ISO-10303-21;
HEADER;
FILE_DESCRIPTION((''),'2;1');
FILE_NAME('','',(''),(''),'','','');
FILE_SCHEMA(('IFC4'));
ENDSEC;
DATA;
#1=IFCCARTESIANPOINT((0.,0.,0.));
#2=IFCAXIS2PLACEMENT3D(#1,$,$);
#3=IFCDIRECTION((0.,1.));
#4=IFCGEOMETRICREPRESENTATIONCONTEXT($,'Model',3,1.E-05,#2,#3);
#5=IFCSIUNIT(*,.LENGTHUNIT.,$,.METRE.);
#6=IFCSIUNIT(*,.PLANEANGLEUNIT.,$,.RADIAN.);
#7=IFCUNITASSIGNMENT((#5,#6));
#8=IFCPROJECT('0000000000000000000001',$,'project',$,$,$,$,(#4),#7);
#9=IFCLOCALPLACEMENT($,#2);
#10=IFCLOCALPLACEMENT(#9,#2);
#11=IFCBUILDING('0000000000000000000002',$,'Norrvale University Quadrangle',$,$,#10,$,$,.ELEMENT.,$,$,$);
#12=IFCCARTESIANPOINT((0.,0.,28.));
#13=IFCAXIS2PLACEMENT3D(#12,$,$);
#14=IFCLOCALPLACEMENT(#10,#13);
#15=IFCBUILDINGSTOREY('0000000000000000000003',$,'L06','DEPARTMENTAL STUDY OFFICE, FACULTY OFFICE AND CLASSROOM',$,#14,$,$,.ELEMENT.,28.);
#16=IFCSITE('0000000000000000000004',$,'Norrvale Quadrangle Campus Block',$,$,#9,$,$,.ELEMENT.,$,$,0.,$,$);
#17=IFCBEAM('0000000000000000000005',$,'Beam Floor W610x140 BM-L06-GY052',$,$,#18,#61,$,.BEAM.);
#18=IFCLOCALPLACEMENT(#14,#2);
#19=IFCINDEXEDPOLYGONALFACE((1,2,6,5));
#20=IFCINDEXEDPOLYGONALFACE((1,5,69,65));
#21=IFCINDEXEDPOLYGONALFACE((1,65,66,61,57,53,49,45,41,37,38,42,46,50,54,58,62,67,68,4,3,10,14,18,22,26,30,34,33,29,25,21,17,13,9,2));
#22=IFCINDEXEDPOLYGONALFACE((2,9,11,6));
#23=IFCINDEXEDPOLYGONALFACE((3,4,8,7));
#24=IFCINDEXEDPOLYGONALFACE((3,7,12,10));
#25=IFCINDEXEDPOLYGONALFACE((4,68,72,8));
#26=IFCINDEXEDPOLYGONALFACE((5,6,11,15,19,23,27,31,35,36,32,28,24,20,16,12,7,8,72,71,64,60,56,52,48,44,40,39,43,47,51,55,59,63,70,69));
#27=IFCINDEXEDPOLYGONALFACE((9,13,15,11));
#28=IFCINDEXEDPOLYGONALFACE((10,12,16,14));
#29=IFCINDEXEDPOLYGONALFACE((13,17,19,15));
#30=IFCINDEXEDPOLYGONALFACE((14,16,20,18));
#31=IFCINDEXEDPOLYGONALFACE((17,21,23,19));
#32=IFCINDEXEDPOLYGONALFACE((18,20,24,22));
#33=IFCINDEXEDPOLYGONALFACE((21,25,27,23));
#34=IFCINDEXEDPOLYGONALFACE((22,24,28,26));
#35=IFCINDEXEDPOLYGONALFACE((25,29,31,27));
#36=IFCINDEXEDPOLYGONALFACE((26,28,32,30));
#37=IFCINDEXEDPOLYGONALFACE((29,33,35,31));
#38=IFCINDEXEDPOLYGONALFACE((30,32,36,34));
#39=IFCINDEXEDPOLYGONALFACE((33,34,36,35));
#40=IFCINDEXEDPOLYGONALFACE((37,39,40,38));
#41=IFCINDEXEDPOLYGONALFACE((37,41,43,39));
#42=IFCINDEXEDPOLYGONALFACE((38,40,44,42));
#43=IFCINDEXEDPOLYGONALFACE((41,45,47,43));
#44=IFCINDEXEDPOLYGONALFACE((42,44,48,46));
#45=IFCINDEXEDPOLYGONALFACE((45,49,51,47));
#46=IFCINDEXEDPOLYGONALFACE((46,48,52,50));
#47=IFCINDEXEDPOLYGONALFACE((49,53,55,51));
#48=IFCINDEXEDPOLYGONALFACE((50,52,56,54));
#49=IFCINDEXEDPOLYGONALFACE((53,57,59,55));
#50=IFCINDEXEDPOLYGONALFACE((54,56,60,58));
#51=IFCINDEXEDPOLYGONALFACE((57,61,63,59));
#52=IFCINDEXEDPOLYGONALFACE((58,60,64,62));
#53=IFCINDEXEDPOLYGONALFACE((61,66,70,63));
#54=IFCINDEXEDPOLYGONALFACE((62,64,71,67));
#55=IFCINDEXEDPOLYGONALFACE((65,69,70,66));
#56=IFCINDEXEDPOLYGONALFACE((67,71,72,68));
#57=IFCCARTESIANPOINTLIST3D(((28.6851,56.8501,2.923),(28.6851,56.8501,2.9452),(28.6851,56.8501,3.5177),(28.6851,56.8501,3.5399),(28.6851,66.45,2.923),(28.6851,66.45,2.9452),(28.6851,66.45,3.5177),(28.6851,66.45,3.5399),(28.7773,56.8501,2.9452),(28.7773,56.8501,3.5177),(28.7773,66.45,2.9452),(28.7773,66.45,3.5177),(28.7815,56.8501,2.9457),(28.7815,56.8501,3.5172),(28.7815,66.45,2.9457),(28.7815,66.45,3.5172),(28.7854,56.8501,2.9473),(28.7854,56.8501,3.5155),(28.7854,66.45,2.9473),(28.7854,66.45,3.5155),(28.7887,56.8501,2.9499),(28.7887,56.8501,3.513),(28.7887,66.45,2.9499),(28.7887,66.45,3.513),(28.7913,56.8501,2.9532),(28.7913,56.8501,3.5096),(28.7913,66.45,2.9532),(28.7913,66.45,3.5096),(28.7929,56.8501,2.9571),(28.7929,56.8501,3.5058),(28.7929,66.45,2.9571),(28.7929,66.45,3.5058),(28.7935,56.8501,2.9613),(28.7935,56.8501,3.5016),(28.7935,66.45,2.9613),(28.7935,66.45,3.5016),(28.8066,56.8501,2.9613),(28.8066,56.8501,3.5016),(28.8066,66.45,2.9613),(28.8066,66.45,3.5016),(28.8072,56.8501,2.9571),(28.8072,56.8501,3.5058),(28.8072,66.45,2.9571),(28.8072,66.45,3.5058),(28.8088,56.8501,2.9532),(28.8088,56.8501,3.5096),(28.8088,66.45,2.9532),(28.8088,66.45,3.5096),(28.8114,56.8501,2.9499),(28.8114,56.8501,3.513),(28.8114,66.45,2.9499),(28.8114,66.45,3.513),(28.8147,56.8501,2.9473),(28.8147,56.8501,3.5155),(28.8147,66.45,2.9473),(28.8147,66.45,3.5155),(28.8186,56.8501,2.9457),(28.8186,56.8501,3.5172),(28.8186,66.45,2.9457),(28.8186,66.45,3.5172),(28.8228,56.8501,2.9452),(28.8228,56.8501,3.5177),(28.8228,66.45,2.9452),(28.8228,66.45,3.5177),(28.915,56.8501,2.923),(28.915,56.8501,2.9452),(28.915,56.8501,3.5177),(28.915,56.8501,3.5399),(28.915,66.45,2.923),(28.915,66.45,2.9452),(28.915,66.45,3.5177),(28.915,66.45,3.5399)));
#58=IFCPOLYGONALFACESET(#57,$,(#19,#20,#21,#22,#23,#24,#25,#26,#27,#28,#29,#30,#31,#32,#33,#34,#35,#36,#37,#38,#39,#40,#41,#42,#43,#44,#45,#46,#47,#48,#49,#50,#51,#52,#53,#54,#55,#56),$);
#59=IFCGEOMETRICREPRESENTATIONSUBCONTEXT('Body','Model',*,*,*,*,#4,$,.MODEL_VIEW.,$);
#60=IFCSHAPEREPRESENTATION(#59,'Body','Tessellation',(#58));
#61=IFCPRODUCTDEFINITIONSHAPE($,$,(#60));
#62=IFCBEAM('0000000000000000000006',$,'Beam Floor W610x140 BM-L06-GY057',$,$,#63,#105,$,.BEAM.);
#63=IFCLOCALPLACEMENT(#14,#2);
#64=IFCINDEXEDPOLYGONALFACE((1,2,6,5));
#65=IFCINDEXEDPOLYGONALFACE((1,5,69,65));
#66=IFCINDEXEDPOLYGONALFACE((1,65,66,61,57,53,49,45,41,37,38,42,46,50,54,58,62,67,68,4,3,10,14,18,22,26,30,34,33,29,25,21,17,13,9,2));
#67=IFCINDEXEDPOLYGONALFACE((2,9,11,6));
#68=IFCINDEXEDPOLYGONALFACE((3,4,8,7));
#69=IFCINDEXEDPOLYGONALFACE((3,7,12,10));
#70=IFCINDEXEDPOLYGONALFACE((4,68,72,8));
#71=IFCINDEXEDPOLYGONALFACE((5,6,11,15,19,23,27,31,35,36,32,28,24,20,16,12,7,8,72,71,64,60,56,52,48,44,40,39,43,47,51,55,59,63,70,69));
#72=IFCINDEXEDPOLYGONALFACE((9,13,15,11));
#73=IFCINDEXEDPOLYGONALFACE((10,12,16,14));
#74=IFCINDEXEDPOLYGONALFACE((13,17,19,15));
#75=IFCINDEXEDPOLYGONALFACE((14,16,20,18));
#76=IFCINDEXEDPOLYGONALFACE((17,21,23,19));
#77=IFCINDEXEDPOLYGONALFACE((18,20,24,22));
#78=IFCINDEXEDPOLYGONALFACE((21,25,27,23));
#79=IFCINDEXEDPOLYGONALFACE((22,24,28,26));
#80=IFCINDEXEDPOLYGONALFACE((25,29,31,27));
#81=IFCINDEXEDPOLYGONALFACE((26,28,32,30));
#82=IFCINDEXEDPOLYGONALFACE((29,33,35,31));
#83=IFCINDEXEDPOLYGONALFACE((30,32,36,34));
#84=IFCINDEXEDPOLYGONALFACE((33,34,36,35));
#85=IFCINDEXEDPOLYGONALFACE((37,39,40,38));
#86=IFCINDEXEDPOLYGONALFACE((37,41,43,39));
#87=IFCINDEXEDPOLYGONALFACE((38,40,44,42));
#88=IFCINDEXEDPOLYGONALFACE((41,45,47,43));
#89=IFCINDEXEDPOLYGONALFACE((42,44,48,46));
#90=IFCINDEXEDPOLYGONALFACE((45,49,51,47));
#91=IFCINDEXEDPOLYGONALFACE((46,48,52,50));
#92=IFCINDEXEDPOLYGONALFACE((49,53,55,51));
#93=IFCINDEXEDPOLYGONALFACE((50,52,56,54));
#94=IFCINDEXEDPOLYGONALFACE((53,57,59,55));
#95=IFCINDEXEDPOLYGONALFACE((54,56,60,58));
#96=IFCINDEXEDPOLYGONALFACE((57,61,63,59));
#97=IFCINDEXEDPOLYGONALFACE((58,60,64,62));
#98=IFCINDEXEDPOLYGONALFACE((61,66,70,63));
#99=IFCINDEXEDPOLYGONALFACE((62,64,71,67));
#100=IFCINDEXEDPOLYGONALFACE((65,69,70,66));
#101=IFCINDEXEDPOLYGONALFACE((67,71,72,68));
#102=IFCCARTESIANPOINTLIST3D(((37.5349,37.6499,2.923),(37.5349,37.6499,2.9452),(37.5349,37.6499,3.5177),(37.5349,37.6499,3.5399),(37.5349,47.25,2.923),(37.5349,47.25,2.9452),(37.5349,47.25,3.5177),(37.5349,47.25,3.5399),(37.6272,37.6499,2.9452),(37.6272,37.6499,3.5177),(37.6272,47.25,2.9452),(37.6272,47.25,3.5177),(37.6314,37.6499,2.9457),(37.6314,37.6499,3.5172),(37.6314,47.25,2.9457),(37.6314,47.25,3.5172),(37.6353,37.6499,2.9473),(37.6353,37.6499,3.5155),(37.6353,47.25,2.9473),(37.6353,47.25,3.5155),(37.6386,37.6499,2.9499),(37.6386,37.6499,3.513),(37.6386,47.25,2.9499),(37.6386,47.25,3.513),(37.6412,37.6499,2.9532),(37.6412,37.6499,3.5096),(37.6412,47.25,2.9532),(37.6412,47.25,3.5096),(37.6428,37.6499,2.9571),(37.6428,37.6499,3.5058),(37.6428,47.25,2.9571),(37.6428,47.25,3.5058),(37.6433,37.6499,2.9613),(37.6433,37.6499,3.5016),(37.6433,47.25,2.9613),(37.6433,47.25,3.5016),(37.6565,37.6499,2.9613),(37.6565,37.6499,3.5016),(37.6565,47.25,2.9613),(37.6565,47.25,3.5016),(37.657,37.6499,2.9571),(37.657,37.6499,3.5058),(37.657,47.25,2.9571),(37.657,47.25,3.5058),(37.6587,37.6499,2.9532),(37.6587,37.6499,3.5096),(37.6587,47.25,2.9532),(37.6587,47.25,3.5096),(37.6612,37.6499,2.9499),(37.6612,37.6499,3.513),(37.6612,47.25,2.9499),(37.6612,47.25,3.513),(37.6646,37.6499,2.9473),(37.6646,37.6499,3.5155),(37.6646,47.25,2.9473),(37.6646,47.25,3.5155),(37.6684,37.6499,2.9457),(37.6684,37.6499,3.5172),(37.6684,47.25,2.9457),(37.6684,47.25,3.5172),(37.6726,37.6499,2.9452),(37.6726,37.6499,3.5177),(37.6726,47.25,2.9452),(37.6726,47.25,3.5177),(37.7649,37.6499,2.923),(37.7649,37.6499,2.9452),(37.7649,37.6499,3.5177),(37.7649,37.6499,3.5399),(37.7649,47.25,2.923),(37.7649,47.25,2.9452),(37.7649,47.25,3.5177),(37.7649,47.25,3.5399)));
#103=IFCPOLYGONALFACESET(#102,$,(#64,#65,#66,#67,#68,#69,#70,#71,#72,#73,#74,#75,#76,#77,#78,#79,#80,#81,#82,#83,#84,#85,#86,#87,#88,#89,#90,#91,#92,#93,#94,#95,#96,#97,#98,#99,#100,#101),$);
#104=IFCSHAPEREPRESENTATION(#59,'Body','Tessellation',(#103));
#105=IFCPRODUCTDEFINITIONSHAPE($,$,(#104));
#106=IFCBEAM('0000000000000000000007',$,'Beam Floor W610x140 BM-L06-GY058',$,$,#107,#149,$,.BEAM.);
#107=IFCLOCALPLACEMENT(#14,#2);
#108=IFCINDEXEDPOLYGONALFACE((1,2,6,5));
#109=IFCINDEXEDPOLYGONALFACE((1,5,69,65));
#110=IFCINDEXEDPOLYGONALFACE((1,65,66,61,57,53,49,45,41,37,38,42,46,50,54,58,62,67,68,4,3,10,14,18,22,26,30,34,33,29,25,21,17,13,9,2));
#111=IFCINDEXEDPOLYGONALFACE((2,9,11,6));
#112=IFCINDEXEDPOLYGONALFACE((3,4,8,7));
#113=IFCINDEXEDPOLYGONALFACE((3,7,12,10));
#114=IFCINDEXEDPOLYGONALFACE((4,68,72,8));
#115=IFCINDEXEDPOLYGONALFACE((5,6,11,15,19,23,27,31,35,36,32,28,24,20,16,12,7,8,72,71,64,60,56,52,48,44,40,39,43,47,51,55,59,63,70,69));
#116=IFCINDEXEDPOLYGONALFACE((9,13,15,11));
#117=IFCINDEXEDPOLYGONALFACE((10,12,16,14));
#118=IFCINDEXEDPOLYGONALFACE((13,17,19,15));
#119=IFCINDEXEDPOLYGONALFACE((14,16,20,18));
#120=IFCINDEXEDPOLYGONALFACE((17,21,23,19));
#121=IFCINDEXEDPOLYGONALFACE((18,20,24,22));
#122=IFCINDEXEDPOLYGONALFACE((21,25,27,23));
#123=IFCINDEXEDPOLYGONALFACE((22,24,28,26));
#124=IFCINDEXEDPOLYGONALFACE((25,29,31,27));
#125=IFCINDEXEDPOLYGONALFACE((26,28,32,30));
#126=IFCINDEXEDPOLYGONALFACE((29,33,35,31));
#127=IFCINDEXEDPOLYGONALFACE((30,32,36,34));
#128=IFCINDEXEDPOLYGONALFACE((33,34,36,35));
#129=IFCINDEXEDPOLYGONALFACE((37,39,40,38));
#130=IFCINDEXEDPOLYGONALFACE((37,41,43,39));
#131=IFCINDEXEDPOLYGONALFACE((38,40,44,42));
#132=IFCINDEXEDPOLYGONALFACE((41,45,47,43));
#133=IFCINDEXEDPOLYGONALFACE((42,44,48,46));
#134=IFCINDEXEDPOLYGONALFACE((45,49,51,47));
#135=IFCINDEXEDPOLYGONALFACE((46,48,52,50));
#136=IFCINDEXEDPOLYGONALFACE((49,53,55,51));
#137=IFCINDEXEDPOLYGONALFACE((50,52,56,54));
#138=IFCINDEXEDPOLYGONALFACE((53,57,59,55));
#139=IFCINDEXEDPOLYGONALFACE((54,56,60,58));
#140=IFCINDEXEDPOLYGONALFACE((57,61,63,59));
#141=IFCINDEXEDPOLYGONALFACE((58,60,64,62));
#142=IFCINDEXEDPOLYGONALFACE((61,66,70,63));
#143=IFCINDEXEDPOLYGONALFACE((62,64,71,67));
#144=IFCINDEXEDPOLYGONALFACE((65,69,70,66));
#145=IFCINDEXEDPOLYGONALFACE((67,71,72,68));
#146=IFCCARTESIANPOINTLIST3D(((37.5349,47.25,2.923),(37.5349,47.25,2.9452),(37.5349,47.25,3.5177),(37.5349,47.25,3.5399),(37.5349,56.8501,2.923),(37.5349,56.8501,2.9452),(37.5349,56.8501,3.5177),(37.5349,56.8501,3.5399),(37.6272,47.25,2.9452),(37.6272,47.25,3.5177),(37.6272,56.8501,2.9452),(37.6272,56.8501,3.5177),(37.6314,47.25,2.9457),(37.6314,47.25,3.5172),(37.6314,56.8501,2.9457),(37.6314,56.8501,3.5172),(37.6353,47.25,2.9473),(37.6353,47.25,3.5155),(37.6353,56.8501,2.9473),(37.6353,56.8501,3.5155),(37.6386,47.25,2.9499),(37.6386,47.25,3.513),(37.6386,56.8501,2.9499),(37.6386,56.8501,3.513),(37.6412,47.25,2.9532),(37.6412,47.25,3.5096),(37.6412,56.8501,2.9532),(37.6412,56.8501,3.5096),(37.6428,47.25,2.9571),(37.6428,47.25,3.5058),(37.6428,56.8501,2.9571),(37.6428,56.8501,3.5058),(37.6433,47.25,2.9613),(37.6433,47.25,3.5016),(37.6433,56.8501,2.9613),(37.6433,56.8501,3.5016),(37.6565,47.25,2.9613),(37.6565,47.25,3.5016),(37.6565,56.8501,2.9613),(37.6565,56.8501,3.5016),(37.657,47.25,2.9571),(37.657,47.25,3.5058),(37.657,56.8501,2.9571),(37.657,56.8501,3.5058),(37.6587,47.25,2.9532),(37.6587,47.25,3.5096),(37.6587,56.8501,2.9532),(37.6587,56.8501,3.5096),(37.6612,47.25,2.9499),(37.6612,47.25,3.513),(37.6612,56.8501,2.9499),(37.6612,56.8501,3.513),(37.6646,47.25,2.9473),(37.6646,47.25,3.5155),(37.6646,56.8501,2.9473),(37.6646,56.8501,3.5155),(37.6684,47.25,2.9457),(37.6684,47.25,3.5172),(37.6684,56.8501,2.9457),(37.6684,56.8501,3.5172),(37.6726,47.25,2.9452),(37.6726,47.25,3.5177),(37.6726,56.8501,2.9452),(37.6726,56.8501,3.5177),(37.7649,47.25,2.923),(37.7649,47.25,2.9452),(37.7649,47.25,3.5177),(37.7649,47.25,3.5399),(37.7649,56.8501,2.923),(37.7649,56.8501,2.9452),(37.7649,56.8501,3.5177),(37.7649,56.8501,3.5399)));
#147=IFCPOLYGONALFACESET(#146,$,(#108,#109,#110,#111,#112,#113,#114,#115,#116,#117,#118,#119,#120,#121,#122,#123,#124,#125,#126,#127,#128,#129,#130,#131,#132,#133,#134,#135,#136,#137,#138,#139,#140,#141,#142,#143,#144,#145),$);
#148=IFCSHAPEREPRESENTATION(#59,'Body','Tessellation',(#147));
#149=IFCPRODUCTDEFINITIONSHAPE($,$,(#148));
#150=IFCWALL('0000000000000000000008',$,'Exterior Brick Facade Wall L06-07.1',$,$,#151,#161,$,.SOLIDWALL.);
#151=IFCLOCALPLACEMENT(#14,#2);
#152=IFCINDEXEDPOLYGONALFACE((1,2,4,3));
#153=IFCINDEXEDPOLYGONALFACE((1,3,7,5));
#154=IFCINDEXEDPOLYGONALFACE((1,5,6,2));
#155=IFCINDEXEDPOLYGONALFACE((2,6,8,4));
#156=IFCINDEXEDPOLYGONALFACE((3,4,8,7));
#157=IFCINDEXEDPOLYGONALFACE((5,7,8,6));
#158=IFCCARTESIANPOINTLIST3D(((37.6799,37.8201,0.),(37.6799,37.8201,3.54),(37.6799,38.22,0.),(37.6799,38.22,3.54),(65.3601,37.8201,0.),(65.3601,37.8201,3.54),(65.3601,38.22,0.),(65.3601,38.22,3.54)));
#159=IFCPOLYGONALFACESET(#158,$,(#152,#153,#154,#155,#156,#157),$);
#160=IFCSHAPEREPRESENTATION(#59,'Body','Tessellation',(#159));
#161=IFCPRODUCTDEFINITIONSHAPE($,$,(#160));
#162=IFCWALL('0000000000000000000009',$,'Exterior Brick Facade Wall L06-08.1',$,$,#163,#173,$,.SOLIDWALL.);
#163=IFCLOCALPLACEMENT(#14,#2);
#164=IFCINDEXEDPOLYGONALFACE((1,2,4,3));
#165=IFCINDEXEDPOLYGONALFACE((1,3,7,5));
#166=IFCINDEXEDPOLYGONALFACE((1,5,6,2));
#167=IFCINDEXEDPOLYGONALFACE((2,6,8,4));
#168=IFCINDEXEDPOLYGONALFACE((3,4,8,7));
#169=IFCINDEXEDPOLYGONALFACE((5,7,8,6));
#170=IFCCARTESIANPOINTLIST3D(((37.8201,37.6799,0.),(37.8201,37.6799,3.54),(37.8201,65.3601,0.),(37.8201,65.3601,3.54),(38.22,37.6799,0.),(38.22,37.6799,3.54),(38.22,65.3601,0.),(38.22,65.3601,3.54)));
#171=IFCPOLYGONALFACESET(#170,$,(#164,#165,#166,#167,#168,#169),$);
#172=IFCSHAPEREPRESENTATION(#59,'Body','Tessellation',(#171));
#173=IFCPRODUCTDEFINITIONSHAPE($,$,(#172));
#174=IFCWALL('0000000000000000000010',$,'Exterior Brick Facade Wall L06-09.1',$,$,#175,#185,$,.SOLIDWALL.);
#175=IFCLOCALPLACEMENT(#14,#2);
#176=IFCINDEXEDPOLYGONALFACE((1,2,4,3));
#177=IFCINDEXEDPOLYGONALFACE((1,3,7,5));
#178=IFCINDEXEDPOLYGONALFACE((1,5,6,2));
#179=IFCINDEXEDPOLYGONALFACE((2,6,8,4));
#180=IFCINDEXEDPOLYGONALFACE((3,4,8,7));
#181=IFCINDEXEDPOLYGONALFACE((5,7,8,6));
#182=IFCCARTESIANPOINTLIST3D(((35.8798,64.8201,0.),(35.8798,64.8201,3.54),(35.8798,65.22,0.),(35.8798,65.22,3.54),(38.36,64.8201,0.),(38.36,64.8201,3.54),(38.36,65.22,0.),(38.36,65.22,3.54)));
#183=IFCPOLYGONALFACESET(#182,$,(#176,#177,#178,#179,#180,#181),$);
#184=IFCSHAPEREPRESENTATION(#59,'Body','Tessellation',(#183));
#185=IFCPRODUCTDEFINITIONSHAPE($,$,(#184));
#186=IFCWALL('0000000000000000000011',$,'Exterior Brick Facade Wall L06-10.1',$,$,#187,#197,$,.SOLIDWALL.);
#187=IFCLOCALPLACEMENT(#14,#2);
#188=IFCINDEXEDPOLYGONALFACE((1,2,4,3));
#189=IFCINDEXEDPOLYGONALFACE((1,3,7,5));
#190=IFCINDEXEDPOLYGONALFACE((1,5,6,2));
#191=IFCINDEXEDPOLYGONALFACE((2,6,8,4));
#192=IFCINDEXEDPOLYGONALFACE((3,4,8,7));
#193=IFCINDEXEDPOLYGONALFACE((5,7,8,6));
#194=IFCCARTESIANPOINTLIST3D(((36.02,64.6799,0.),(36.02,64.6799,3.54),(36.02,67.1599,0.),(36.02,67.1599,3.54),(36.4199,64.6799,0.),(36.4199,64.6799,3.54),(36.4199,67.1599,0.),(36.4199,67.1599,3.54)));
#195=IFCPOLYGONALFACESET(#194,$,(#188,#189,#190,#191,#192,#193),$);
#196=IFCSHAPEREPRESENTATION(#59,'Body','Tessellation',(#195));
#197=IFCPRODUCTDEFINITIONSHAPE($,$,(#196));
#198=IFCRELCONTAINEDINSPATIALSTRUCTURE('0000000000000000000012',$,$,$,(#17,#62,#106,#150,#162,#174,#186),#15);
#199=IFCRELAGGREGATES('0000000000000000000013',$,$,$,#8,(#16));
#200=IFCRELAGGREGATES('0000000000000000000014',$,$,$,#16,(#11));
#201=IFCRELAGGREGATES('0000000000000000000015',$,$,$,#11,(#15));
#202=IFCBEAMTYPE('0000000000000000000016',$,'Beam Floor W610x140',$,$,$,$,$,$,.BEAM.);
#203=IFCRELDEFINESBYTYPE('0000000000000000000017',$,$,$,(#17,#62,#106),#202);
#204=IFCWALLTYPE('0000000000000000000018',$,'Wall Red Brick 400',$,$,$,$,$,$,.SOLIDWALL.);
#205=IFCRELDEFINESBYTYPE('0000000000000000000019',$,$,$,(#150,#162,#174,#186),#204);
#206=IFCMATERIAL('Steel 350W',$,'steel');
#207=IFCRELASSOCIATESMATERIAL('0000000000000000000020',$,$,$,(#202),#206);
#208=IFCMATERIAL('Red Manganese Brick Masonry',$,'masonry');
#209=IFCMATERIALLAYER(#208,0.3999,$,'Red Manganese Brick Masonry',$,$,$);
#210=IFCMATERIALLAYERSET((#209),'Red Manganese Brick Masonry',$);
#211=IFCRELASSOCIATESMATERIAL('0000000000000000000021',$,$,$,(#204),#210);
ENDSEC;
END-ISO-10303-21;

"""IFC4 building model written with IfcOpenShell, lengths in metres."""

from ifc_helpers import new_model, si_unit, direction, frame, frame_2d, origin, origin_2d, place, context, subcontext, project, spatial, rectangle, i_section, extrude, material, layer, layer_set, material_profile, profile_set, type_object, element, save


model = new_model("IFC4")

# Units and contexts
model_context = context("Model", 3, precision=1e-05, world=origin(), true_north=direction((0.0, 1.0)))
body_context = subcontext(model_context, "Body", "Model", "MODEL_VIEW")
ifc_project = project(units=[si_unit("LENGTHUNIT", "METRE"), si_unit("PLANEANGLEUNIT", "RADIAN")], contexts=[model_context])

# Site, building, storey
site_placement = place(None, origin())
site = spatial("IfcSite", under=ifc_project, at=site_placement, Name="Norrvale Quadrangle Campus Block", CompositionType="ELEMENT", RefElevation=0.0)
building_placement = place(site_placement, origin())
building = spatial("IfcBuilding", under=site, at=building_placement, Name="Norrvale University Quadrangle", CompositionType="ELEMENT")
storey_placement = place(building_placement, frame((0.0, 0.0, 28.0)))
storey = spatial("IfcBuildingStorey", under=building, at=storey_placement, Name="L06", Description="DEPARTMENTAL STUDY OFFICE, FACULTY OFFICE AND CLASSROOM", CompositionType="ELEMENT", Elevation=28.0)

# Beams
ifc_material_1 = material(Name="Steel 350W", Category="steel")
ifc_material_profile_1 = material_profile(ifc_material_1, i_section(OverallWidth=0.23, OverallDepth=0.6169, WebThickness=0.0132, FlangeThickness=0.0222, FilletRadius=0.0161, at=origin_2d()), Name="Steel 350W")
ifc_profile_set_1 = profile_set([ifc_material_profile_1], Name="Steel 350W")
beam_type_1 = type_object("IfcBeamType", Name="Beam Floor W610x140", PredefinedType="BEAM", material=ifc_profile_set_1)
beam_1_placement = place(storey_placement, frame((28.8, 56.8501, 3.2314), z_axis=(0.0, 1.0, 0.0), x_axis=(-1.0, 0.0, 0.0)))
element("IfcBeam", 1, at=beam_1_placement, inside=storey, type_object=beam_type_1, Name="Beam Floor W610x140 BM-L06-GY052", PredefinedType="BEAM", context=body_context, shape_type="SweptSolid", body=[
    extrude(i_section(OverallWidth=0.23, OverallDepth=0.6169, WebThickness=0.0132, FlangeThickness=0.0222, FilletRadius=0.0161, at=origin_2d()), origin(), (0.0, 0.0, 1.0), 9.5999),
])
for number, where, z_axis, x_axis, name in (
    (2, (37.6499, 37.6499, 3.2314), (0.0, 1.0, 0.0), (-1.0, 0.0, 0.0), "Beam Floor W610x140 BM-L06-GY057"),
    (3, (37.6499, 47.25, 3.2314), (0.0, 1.0, 0.0), (-1.0, 0.0, 0.0), "Beam Floor W610x140 BM-L06-GY058"),
):
    element("IfcBeam", number, at=place(storey_placement, frame(where, z_axis=z_axis, x_axis=x_axis)), inside=storey, type_object=beam_type_1, Name=name, PredefinedType="BEAM", context=body_context, shape_type="SweptSolid", body=[
        extrude(i_section(OverallWidth=0.23, OverallDepth=0.6169, WebThickness=0.0132, FlangeThickness=0.0222, FilletRadius=0.0161, at=origin_2d()), origin(), (0.0, 0.0, 1.0), 9.6001),
    ])

# Walls
ifc_material_2 = material(Name="Red Manganese Brick Masonry", Category="masonry")
ifc_layer = layer(ifc_material_2, 0.3999, Name="Red Manganese Brick Masonry")
ifc_layer_set = layer_set([ifc_layer], Name="Red Manganese Brick Masonry")
wall_type = type_object("IfcWallType", Name="Wall Red Brick 400", PredefinedType="SOLIDWALL", material=ifc_layer_set)
for number, where, z_axis, x_axis, name in (
    (4, (65.3601, 38.02, 0.0), (0.0, 0.0, 1.0), (-1.0, 0.0, 0.0), "Exterior Brick Facade Wall L06-07.1"),
    (5, (38.02, 37.6799, 0.0), (0.0, 0.0, 1.0), (0.0, 1.0, 0.0), "Exterior Brick Facade Wall L06-08.1"),
):
    element("IfcWall", number, at=place(storey_placement, frame(where, z_axis=z_axis, x_axis=x_axis)), inside=storey, type_object=wall_type, Name=name, PredefinedType="SOLIDWALL", context=body_context, shape_type="SweptSolid", body=[
        extrude(rectangle(XDim=27.6802, YDim=0.3999, at=frame_2d((13.8401, 0.0))), origin(), (0.0, 0.0, 1.0), 3.54),
    ])
wall_1_placement = place(storey_placement, frame((38.3601, 65.02, 0.0), z_axis=(0.0, 0.0, 1.0), x_axis=(-1.0, 0.0, 0.0)))
element("IfcWall", 6, at=wall_1_placement, inside=storey, type_object=wall_type, Name="Exterior Brick Facade Wall L06-09.1", PredefinedType="SOLIDWALL", context=body_context, shape_type="SweptSolid", body=[
    extrude(rectangle(XDim=2.4802, YDim=0.3999, at=frame_2d((1.2402, 0.0))), origin(), (0.0, 0.0, 1.0), 3.54),
])
wall_2_placement = place(storey_placement, frame((36.22, 64.6799, 0.0), z_axis=(0.0, 0.0, 1.0), x_axis=(0.0, 1.0, 0.0)))
element("IfcWall", 7, at=wall_2_placement, inside=storey, type_object=wall_type, Name="Exterior Brick Facade Wall L06-10.1", PredefinedType="SOLIDWALL", context=body_context, shape_type="SweptSolid", body=[
    extrude(rectangle(XDim=2.48, YDim=0.3999, at=frame_2d((1.24, 0.0))), origin(), (0.0, 0.0, 1.0), 3.54),
])

save(model, "model.ifc")
